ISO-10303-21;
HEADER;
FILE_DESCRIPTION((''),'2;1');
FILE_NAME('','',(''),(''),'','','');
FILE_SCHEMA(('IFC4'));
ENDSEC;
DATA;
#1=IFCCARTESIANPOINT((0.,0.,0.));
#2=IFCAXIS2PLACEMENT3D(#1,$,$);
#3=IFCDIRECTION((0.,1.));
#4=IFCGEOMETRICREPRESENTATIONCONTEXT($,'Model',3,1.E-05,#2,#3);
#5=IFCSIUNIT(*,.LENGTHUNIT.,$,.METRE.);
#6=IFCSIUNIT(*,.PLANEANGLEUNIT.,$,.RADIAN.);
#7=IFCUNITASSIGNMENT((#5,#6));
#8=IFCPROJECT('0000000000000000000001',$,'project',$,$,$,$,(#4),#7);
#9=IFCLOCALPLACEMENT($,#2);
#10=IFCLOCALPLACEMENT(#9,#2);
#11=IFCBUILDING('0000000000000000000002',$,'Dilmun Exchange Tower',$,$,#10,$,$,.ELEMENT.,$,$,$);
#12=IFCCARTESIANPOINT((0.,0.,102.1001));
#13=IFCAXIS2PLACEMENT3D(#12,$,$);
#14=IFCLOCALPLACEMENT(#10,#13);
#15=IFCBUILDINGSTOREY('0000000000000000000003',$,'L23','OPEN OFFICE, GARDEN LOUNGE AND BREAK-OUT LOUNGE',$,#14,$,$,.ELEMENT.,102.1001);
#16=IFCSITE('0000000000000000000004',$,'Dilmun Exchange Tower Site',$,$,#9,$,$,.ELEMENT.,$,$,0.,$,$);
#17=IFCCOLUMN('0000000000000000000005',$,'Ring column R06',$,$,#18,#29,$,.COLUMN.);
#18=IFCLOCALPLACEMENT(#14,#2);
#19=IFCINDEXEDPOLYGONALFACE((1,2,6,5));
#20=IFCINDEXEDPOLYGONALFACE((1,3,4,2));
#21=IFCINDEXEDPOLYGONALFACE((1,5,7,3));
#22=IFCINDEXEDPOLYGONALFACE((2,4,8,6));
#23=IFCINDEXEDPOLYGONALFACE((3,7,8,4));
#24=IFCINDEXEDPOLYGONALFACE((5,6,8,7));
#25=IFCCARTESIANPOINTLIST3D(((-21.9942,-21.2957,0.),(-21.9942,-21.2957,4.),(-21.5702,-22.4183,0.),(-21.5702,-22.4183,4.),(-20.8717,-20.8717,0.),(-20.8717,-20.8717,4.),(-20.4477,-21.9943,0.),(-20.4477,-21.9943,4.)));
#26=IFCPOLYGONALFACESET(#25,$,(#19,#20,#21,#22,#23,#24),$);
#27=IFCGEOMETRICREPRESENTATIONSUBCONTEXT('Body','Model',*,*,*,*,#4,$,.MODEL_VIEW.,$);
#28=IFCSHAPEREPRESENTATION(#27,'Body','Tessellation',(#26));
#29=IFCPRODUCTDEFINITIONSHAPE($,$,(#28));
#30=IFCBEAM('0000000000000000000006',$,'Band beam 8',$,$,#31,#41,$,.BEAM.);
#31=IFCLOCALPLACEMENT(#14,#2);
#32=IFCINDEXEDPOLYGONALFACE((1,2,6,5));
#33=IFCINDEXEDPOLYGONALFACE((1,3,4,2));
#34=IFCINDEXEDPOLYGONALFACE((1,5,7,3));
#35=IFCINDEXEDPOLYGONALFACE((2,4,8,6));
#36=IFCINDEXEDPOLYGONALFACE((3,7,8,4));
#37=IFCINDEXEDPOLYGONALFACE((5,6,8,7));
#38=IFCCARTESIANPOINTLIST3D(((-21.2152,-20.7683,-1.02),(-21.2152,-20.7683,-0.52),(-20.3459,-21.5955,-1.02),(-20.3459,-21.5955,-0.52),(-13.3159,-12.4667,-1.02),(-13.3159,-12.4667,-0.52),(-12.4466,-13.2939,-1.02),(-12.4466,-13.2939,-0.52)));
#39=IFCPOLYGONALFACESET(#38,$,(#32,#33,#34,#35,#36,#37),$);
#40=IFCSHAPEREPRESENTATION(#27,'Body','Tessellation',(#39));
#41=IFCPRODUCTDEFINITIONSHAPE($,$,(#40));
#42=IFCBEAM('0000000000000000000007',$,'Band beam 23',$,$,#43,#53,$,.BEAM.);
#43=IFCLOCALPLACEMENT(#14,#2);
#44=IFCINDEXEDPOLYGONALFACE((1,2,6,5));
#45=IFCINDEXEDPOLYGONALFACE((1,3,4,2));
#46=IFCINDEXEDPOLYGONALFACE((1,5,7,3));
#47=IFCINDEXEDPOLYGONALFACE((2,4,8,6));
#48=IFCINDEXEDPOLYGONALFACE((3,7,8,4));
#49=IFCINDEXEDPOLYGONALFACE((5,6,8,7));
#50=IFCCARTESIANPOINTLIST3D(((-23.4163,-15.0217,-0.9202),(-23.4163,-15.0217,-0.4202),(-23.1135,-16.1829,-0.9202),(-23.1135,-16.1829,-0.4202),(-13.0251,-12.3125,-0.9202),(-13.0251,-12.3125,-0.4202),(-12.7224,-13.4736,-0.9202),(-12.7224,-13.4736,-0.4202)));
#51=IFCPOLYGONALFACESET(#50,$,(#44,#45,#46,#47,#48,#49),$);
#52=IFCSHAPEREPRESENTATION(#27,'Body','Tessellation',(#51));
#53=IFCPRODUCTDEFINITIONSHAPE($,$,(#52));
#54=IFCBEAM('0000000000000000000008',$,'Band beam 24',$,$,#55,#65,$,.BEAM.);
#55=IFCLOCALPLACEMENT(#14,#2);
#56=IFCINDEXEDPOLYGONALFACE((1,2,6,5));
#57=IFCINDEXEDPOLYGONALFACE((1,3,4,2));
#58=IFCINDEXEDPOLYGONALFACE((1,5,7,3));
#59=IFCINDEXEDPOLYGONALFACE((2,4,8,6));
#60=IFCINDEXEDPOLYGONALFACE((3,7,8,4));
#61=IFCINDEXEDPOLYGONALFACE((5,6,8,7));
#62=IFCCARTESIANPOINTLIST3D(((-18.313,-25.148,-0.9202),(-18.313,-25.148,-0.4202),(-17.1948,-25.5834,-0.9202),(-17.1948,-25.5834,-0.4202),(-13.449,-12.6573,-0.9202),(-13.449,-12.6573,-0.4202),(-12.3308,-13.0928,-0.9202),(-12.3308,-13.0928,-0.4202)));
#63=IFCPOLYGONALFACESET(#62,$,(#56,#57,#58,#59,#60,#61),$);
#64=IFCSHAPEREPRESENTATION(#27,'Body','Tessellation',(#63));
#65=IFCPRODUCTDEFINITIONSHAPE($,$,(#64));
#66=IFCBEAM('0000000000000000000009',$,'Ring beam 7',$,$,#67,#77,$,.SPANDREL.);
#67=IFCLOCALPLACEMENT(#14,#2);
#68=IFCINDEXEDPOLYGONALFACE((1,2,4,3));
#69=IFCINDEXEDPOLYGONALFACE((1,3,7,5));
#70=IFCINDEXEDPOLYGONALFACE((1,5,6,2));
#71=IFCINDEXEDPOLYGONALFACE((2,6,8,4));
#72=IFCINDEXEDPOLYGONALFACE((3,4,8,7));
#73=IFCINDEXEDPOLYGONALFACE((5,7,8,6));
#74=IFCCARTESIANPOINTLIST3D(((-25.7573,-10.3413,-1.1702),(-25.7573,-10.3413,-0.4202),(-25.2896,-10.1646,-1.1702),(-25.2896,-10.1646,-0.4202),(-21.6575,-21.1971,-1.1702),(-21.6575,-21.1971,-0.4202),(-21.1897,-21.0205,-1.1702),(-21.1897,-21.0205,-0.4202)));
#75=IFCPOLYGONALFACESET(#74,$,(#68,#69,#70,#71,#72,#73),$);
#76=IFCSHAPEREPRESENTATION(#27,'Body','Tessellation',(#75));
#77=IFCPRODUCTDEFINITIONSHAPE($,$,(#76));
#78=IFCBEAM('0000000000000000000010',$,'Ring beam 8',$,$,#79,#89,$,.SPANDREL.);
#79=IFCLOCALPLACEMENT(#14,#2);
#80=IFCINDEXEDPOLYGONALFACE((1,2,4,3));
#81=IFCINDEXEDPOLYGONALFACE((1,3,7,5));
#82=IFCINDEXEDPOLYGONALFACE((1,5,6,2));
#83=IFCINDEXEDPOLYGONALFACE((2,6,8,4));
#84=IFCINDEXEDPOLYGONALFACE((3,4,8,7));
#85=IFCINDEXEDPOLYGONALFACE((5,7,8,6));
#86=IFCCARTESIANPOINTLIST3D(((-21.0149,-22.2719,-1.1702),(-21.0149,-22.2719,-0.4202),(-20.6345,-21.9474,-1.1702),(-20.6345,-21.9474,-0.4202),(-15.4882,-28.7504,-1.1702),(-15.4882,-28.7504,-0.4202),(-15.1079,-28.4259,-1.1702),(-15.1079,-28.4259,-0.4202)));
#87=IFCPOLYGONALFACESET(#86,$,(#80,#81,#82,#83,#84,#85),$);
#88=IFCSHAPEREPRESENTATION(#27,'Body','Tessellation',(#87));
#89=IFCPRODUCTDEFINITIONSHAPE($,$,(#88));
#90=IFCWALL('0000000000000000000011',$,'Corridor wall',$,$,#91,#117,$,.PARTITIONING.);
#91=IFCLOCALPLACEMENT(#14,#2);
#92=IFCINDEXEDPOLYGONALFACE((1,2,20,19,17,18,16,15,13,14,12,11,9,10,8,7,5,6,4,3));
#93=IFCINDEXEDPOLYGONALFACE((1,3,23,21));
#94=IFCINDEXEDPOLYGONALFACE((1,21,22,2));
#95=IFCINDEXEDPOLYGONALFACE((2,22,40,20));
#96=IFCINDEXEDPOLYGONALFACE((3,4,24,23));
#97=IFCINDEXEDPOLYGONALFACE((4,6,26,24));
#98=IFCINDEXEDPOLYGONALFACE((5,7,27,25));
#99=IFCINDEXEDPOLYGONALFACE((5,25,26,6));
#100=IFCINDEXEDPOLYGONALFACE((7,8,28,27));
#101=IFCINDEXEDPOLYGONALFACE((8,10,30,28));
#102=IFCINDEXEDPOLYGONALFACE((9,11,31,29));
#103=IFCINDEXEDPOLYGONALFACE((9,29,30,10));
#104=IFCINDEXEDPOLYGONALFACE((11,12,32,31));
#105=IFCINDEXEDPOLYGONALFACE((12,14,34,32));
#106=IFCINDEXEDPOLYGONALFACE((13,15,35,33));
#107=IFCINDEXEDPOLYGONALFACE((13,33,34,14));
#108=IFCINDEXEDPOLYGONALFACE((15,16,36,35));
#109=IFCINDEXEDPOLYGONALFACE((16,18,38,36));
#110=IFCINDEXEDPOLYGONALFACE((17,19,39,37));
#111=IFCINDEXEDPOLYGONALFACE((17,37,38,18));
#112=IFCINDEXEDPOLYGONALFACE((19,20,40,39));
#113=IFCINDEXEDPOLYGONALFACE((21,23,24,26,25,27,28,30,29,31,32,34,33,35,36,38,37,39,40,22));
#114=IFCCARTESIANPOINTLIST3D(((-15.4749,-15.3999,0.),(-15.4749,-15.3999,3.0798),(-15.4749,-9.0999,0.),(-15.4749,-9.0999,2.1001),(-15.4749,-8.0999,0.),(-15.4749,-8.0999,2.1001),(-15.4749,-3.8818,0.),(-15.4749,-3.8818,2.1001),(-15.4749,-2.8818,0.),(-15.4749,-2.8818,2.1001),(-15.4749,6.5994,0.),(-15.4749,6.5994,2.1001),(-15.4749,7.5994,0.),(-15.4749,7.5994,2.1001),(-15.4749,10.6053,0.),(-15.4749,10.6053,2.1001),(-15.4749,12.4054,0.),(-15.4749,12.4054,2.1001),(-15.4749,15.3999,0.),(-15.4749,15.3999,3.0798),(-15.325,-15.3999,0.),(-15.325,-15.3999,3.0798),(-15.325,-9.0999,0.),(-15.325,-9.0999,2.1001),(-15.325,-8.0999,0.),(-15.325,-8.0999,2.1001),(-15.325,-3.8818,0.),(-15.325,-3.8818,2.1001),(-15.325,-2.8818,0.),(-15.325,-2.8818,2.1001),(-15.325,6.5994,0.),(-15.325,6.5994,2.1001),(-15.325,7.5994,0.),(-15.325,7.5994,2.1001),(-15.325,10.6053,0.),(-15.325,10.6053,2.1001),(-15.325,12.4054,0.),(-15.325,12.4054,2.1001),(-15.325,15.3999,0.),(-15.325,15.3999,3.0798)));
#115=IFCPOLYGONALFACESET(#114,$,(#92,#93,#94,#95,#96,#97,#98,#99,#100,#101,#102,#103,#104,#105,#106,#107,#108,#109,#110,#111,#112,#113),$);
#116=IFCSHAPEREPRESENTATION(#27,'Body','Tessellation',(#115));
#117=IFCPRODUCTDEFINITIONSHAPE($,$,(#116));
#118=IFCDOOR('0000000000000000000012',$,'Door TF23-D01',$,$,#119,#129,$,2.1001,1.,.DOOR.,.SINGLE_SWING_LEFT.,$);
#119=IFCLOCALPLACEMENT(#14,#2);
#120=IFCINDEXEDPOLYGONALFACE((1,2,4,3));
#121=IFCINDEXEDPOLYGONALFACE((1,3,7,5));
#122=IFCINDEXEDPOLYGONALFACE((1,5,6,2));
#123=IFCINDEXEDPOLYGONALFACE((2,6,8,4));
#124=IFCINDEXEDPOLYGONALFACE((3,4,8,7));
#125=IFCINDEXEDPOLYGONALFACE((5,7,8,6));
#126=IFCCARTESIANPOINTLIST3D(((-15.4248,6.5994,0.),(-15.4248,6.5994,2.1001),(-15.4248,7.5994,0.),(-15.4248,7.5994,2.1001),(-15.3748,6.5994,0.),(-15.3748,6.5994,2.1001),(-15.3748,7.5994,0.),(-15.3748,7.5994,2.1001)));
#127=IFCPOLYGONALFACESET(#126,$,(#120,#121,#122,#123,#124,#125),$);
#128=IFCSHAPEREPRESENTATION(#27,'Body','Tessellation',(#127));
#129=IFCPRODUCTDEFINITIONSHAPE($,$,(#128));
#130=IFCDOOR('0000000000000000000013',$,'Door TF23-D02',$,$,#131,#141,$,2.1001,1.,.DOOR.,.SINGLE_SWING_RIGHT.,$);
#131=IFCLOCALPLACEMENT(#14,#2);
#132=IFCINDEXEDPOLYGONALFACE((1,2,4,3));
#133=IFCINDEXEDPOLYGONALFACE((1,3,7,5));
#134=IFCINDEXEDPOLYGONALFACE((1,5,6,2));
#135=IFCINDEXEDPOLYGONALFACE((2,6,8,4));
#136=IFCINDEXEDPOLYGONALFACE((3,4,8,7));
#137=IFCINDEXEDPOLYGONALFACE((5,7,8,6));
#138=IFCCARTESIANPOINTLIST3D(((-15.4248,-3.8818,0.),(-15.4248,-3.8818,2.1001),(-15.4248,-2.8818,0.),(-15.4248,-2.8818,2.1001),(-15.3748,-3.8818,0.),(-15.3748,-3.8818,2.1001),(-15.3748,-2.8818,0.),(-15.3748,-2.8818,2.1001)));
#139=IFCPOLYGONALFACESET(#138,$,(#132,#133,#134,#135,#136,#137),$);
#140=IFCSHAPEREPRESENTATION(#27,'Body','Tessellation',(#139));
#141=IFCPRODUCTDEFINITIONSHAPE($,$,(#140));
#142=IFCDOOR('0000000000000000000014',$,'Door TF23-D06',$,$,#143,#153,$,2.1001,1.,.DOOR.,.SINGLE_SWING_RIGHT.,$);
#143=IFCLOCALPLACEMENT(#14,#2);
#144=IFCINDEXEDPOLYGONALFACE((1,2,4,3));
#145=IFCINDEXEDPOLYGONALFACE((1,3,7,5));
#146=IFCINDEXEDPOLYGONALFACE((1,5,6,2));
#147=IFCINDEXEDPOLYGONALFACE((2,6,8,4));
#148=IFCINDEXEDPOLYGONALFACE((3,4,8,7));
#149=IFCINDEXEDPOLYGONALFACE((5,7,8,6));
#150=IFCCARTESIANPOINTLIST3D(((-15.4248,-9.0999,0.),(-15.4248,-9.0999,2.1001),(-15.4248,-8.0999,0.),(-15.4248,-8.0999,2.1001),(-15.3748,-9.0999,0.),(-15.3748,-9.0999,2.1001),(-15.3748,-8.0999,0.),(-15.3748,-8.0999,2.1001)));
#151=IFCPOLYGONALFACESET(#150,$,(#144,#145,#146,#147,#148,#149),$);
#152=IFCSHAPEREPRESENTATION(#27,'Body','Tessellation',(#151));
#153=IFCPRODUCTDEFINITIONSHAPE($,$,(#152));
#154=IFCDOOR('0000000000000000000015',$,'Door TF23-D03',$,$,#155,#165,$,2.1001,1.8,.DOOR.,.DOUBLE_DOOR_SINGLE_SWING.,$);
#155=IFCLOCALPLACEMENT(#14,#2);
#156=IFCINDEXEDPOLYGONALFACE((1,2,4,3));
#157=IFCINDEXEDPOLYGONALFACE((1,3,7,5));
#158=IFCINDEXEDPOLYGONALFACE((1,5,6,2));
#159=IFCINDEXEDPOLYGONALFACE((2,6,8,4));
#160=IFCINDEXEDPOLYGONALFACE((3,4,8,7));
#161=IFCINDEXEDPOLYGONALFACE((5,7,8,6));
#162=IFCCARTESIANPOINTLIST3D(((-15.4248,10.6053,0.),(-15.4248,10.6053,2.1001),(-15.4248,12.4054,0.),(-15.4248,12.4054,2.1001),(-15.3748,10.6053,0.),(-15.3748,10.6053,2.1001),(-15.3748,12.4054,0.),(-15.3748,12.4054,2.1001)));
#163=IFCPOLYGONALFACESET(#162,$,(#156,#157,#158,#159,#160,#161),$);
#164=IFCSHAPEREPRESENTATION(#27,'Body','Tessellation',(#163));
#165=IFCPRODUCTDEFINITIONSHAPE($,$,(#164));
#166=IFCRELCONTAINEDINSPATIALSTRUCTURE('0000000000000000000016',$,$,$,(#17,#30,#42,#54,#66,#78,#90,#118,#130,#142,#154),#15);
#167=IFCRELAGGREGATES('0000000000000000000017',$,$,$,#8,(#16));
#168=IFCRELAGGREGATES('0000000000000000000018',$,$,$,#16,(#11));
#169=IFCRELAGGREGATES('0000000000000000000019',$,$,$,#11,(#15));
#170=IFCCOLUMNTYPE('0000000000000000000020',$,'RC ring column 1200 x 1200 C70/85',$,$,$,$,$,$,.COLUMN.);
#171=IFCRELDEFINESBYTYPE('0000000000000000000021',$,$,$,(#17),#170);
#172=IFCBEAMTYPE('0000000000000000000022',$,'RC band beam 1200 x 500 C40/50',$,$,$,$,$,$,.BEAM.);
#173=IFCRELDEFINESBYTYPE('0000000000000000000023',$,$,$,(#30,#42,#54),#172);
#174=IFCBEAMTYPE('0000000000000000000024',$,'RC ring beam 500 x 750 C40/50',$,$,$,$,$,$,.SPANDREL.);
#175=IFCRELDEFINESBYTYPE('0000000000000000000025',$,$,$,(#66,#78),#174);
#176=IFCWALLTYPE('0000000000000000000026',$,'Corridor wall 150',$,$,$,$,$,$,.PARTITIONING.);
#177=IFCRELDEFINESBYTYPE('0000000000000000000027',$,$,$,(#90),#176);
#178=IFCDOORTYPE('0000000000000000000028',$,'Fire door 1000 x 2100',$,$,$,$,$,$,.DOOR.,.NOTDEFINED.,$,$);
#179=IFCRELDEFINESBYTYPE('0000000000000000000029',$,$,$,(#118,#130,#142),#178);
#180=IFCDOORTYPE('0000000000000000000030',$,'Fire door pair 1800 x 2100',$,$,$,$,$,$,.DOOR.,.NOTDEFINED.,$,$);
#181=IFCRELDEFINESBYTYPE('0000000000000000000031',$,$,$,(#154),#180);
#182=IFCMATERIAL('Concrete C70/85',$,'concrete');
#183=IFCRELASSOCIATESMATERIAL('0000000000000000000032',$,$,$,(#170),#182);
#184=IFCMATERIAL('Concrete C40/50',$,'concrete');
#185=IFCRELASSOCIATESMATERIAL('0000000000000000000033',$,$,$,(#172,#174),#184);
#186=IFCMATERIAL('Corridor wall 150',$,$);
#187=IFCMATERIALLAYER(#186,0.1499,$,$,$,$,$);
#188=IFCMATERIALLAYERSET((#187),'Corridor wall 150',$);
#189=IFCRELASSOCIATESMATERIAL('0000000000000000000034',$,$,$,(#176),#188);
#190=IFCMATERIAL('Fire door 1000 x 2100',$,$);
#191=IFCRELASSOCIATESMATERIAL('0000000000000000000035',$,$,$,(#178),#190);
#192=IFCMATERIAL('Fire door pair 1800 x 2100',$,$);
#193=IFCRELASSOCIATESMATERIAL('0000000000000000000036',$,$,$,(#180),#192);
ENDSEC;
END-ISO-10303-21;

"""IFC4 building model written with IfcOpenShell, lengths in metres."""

from ifc_helpers import new_model, si_unit, direction, frame, frame_2d, origin, origin_2d, place, context, subcontext, project, spatial, rectangle, extrude, material, layer, layer_set, material_profile, profile_set, type_object, element, fill, save


model = new_model("IFC4")

# Units and contexts
model_context = context("Model", 3, precision=1e-05, world=origin(), true_north=direction((0.0, 1.0)))
body_context = subcontext(model_context, "Body", "Model", "MODEL_VIEW")
ifc_project = project(units=[si_unit("LENGTHUNIT", "METRE"), si_unit("PLANEANGLEUNIT", "RADIAN")], contexts=[model_context])

# Site, building, storey
site_placement = place(None, origin())
site = spatial("IfcSite", under=ifc_project, at=site_placement, Name="Dilmun Exchange Tower Site", CompositionType="ELEMENT", RefElevation=0.0)
building_placement = place(site_placement, origin())
building = spatial("IfcBuilding", under=site, at=building_placement, Name="Dilmun Exchange Tower", CompositionType="ELEMENT")
storey_placement = place(building_placement, frame((0.0, 0.0, 102.1001)))
storey = spatial("IfcBuildingStorey", under=building, at=storey_placement, Name="L23", Description="OPEN OFFICE, GARDEN LOUNGE AND BREAK-OUT LOUNGE", CompositionType="ELEMENT", Elevation=102.1001)

# Column
ifc_material_1 = material(Name="Concrete C70/85", Category="concrete")
ifc_material_profile_1 = material_profile(ifc_material_1, rectangle(XDim=1.2, YDim=1.2, at=origin_2d()), Name="1200 x 1200")
ifc_profile_set_1 = profile_set([ifc_material_profile_1], Name="Concrete C70/85")
column_type = type_object("IfcColumnType", Name="RC ring column 1200 x 1200 C70/85", PredefinedType="COLUMN", material=ifc_profile_set_1)
column_placement = place(storey_placement, frame((-21.2209, -21.645, 0.0), z_axis=(0.0, 0.0, 1.0), x_axis=(0.935492, 0.353349, 0.0)))
element("IfcColumn", 1, at=column_placement, inside=storey, type_object=column_type, Name="Ring column R06", PredefinedType="COLUMN", context=body_context, shape_type="SweptSolid", body=[
    extrude(rectangle(XDim=1.2, YDim=1.2, at=origin_2d()), origin(), (0.0, 0.0, 1.0), 4.0),
])

# Beams
ifc_material_2 = material(Name="Concrete C40/50", Category="concrete")
ifc_material_profile_2 = material_profile(ifc_material_2, rectangle(XDim=1.2, YDim=0.5, at=origin_2d()), Name="1200 x 500")
ifc_profile_set_2 = profile_set([ifc_material_profile_2], Name="Concrete C40/50")
beam_type_1 = type_object("IfcBeamType", Name="RC band beam 1200 x 500 C40/50", PredefinedType="BEAM", material=ifc_profile_set_2)
beam_1_placement = place(storey_placement, frame((-20.7805, -21.1819, -0.77), z_axis=(0.689333, 0.724444, 0.0), x_axis=(-0.724444, 0.689333, 0.0)))
element("IfcBeam", 2, at=beam_1_placement, inside=storey, type_object=beam_type_1, Name="Band beam 8", PredefinedType="BEAM", context=body_context, shape_type="SweptSolid", body=[
    extrude(rectangle(XDim=1.2, YDim=0.5, at=origin_2d()), origin(), (0.0, 0.0, 1.0), 11.4592),
])
beam_2_placement = place(storey_placement, frame((-23.2649, -15.6023, -0.6702), z_axis=(0.967651, 0.252291, 0.0), x_axis=(-0.252291, 0.967651, 0.0)))
element("IfcBeam", 3, at=beam_2_placement, inside=storey, type_object=beam_type_1, Name="Band beam 23", PredefinedType="BEAM", context=body_context, shape_type="SweptSolid", body=[
    extrude(rectangle(XDim=1.2, YDim=0.5, at=origin_2d()), origin(), (0.0, 0.0, 1.0), 10.7385),
])
beam_3_placement = place(storey_placement, frame((-17.7539, -25.3657, -0.6702), z_axis=(0.362868, 0.931841, 0.0), x_axis=(-0.931841, 0.362868, 0.0)))
element("IfcBeam", 4, at=beam_3_placement, inside=storey, type_object=beam_type_1, Name="Band beam 24", PredefinedType="BEAM", context=body_context, shape_type="SweptSolid", body=[
    extrude(rectangle(XDim=1.2, YDim=0.5, at=origin_2d()), origin(), (0.0, 0.0, 1.0), 13.4043),
])
ifc_material_profile_3 = material_profile(ifc_material_2, rectangle(XDim=0.5, YDim=0.75, at=origin_2d()), Name="500 x 750")
ifc_profile_set_3 = profile_set([ifc_material_profile_3], Name="Concrete C40/50")
beam_type_2 = type_object("IfcBeamType", Name="RC ring beam 500 x 750 C40/50", PredefinedType="SPANDREL", material=ifc_profile_set_3)
beam_4_placement = place(storey_placement, frame((-25.5234, -10.2529, -0.7952), z_axis=(0.353304, -0.935509, 0.0), x_axis=(0.935509, 0.353304, 0.0)))
element("IfcBeam", 5, at=beam_4_placement, inside=storey, type_object=beam_type_2, Name="Ring beam 7", PredefinedType="SPANDREL", context=body_context, shape_type="SweptSolid", body=[
    extrude(rectangle(XDim=0.5, YDim=0.75, at=origin_2d()), origin(), (0.0, 0.0, 1.0), 11.6042),
])
beam_5_placement = place(storey_placement, frame((-20.8247, -22.1096, -0.7952), z_axis=(0.649002, -0.760786, 0.0), x_axis=(0.760786, 0.649002, 0.0)))
element("IfcBeam", 6, at=beam_5_placement, inside=storey, type_object=beam_type_2, Name="Ring beam 8", PredefinedType="SPANDREL", context=body_context, shape_type="SweptSolid", body=[
    extrude(rectangle(XDim=0.5, YDim=0.75, at=origin_2d()), origin(), (0.0, 0.0, 1.0), 8.5156),
])

# Wall, openings, doors
ifc_material_3 = material(Name="Corridor wall 150")
ifc_layer = layer(ifc_material_3, 0.1499)
ifc_layer_set = layer_set([ifc_layer], Name="Corridor wall 150")
wall_type = type_object("IfcWallType", Name="Corridor wall 150", PredefinedType="PARTITIONING", material=ifc_layer_set)
wall_placement = place(storey_placement, frame((-15.3999, -15.3999, 0.0), z_axis=(0.0, 0.0, 1.0), x_axis=(0.0, 1.0, 0.0)))
wall = element("IfcWall", 7, at=wall_placement, inside=storey, type_object=wall_type, Name="Corridor wall", PredefinedType="PARTITIONING", context=body_context, shape_type="SweptSolid", body=[
    extrude(rectangle(XDim=30.7998, YDim=0.1499, at=frame_2d((15.3999, 0.0))), origin(), (0.0, 0.0, 1.0), 3.0798),
])
opening_1_placement = place(wall_placement, frame((21.9993, 0.0, 0.0)))
opening_1 = element("IfcOpeningElement", 8, at=opening_1_placement, cuts=wall, PredefinedType="OPENING", context=body_context, shape_type="SweptSolid", body=[
    extrude(rectangle(XDim=1.0, YDim=2.1001, at=frame_2d((0.5, 1.05))), frame((0.0, 0.085, 0.0), z_axis=(0.0, -1.0, 0.0), x_axis=(1.0, 0.0, 0.0)), (0.0, 0.0, 1.0), 0.1699),
])
opening_2_placement = place(wall_placement, frame((11.5181, 0.0, 0.0)))
opening_2 = element("IfcOpeningElement", 9, at=opening_2_placement, cuts=wall, PredefinedType="OPENING", context=body_context, shape_type="SweptSolid", body=[
    extrude(rectangle(XDim=1.0, YDim=2.1001, at=frame_2d((0.5, 1.05))), frame((0.0, 0.085, 0.0), z_axis=(0.0, -1.0, 0.0), x_axis=(1.0, 0.0, 0.0)), (0.0, 0.0, 1.0), 0.1699),
])
opening_3_placement = place(wall_placement, frame((26.0054, 0.0, 0.0)))
opening_3 = element("IfcOpeningElement", 10, at=opening_3_placement, cuts=wall, PredefinedType="OPENING", context=body_context, shape_type="SweptSolid", body=[
    extrude(rectangle(XDim=1.8, YDim=2.1001, at=frame_2d((0.8999, 1.05))), frame((0.0, 0.085, 0.0), z_axis=(0.0, -1.0, 0.0), x_axis=(1.0, 0.0, 0.0)), (0.0, 0.0, 1.0), 0.1699),
])
opening_4_placement = place(wall_placement, frame((6.3, 0.0, 0.0)))
opening_4 = element("IfcOpeningElement", 11, at=opening_4_placement, cuts=wall, PredefinedType="OPENING", context=body_context, shape_type="SweptSolid", body=[
    extrude(rectangle(XDim=1.0, YDim=2.1001, at=frame_2d((0.5, 1.05))), frame((0.0, 0.085, 0.0), z_axis=(0.0, -1.0, 0.0), x_axis=(1.0, 0.0, 0.0)), (0.0, 0.0, 1.0), 0.1699),
])
ifc_material_4 = material(Name="Fire door 1000 x 2100")
door_type_1 = type_object("IfcDoorType", Name="Fire door 1000 x 2100", OperationType="NOTDEFINED", PredefinedType="DOOR", material=ifc_material_4)
door_1_placement = place(opening_1_placement, origin())
door_1 = element("IfcDoor", 12, at=door_1_placement, inside=storey, type_object=door_type_1, Name="Door TF23-D01", OperationType="SINGLE_SWING_LEFT", OverallHeight=2.1001, OverallWidth=1.0, PredefinedType="DOOR", context=body_context, shape_type="SweptSolid", body=[
    extrude(rectangle(XDim=1.0, YDim=2.1001, at=frame_2d((0.5, 1.05))), frame((0.0, 0.0249, 0.0), z_axis=(0.0, -1.0, 0.0), x_axis=(1.0, 0.0, 0.0)), (0.0, 0.0, 1.0), 0.05),
])
fill(opening_1, door_1)
door_2_placement = place(opening_2_placement, origin())
door_2 = element("IfcDoor", 13, at=door_2_placement, inside=storey, type_object=door_type_1, Name="Door TF23-D02", OperationType="SINGLE_SWING_RIGHT", OverallHeight=2.1001, OverallWidth=1.0, PredefinedType="DOOR", context=body_context, shape_type="SweptSolid", body=[
    extrude(rectangle(XDim=1.0, YDim=2.1001, at=frame_2d((0.5, 1.05))), frame((0.0, 0.0249, 0.0), z_axis=(0.0, -1.0, 0.0), x_axis=(1.0, 0.0, 0.0)), (0.0, 0.0, 1.0), 0.05),
])
fill(opening_2, door_2)
door_3_placement = place(opening_4_placement, origin())
door_3 = element("IfcDoor", 14, at=door_3_placement, inside=storey, type_object=door_type_1, Name="Door TF23-D06", OperationType="SINGLE_SWING_RIGHT", OverallHeight=2.1001, OverallWidth=1.0, PredefinedType="DOOR", context=body_context, shape_type="SweptSolid", body=[
    extrude(rectangle(XDim=1.0, YDim=2.1001, at=frame_2d((0.5, 1.05))), frame((0.0, 0.0249, 0.0), z_axis=(0.0, -1.0, 0.0), x_axis=(1.0, 0.0, 0.0)), (0.0, 0.0, 1.0), 0.05),
])
fill(opening_4, door_3)
ifc_material_5 = material(Name="Fire door pair 1800 x 2100")
door_type_2 = type_object("IfcDoorType", Name="Fire door pair 1800 x 2100", OperationType="NOTDEFINED", PredefinedType="DOOR", material=ifc_material_5)
door_4_placement = place(opening_3_placement, origin())
door_4 = element("IfcDoor", 15, at=door_4_placement, inside=storey, type_object=door_type_2, Name="Door TF23-D03", OperationType="DOUBLE_DOOR_SINGLE_SWING", OverallHeight=2.1001, OverallWidth=1.8, PredefinedType="DOOR", context=body_context, shape_type="SweptSolid", body=[
    extrude(rectangle(XDim=1.8, YDim=2.1001, at=frame_2d((0.8999, 1.05))), frame((0.0, 0.0249, 0.0), z_axis=(0.0, -1.0, 0.0), x_axis=(1.0, 0.0, 0.0)), (0.0, 0.0, 1.0), 0.05),
])
fill(opening_3, door_4)

save(model, "model.ifc")
